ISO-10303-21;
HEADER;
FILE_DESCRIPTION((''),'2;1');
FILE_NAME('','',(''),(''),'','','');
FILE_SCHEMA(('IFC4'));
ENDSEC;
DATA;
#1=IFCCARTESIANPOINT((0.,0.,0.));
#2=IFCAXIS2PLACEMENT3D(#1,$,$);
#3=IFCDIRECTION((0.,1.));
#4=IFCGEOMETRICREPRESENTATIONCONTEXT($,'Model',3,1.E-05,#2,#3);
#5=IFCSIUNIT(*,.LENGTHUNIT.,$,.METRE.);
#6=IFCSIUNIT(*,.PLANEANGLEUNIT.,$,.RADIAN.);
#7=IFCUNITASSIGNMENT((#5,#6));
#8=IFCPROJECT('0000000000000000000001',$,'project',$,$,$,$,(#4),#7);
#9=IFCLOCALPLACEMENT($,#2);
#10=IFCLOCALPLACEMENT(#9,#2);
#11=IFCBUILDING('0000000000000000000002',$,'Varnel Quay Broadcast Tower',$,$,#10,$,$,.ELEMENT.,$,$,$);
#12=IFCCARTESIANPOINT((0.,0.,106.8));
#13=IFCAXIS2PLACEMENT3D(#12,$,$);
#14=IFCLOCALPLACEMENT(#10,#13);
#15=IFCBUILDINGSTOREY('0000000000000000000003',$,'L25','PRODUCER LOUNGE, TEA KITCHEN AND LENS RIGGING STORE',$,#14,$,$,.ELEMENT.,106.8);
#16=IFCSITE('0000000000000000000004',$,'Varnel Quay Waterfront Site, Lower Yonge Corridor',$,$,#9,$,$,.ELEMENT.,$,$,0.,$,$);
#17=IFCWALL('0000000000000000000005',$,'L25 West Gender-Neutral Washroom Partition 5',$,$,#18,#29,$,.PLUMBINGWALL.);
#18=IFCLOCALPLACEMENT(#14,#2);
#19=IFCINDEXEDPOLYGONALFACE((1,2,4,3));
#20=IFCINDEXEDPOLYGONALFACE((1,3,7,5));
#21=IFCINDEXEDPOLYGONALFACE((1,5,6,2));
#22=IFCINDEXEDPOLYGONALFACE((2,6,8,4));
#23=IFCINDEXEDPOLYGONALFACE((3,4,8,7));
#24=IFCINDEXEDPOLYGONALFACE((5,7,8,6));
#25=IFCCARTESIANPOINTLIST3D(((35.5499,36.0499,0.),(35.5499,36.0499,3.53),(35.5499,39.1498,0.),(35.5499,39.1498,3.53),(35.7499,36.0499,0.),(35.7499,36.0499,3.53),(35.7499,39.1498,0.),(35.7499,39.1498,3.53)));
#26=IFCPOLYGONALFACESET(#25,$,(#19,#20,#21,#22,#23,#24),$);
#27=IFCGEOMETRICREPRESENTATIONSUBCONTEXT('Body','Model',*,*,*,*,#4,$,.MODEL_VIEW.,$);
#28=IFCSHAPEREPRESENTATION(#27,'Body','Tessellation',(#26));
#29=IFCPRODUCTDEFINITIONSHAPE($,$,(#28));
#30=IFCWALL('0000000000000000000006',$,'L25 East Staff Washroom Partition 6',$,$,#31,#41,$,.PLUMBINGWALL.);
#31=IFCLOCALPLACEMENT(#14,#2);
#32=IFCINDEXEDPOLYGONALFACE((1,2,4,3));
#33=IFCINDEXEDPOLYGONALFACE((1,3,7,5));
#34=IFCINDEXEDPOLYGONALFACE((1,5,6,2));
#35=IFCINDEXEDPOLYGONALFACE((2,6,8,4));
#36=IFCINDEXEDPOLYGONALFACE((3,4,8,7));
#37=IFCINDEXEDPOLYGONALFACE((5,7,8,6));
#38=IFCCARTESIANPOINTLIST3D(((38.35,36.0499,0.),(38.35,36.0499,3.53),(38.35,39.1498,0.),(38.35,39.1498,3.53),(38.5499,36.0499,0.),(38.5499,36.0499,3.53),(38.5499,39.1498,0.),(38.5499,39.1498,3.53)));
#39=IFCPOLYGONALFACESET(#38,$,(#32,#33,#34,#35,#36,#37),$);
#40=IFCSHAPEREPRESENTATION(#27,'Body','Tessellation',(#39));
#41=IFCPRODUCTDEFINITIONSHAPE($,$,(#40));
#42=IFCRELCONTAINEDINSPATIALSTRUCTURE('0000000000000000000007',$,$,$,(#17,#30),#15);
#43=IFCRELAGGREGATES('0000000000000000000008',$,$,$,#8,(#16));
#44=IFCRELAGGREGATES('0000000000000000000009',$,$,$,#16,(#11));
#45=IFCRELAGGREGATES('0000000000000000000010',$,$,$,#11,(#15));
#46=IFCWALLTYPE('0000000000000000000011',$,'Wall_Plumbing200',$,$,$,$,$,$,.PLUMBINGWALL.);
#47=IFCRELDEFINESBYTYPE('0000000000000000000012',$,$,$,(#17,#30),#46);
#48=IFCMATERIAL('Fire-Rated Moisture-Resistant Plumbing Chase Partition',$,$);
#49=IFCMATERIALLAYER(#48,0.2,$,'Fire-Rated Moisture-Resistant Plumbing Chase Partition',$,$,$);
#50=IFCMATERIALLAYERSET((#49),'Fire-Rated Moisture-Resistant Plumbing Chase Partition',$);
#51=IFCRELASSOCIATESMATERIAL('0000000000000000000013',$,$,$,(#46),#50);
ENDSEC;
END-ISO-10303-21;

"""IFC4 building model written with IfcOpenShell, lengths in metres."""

from ifc_helpers import new_model, si_unit, direction, frame, frame_2d, origin, place, context, subcontext, project, spatial, rectangle, extrude, material, layer, layer_set, type_object, element, save


model = new_model("IFC4")

# Units and contexts
model_context = context("Model", 3, precision=1e-05, world=origin(), true_north=direction((0.0, 1.0)))
body_context = subcontext(model_context, "Body", "Model", "MODEL_VIEW")
ifc_project = project(units=[si_unit("LENGTHUNIT", "METRE"), si_unit("PLANEANGLEUNIT", "RADIAN")], contexts=[model_context])

# Site, building, storey
site_placement = place(None, origin())
site = spatial("IfcSite", under=ifc_project, at=site_placement, Name="Varnel Quay Waterfront Site, Lower Yonge Corridor", CompositionType="ELEMENT", RefElevation=0.0)
building_placement = place(site_placement, origin())
building = spatial("IfcBuilding", under=site, at=building_placement, Name="Varnel Quay Broadcast Tower", CompositionType="ELEMENT")
storey_placement = place(building_placement, frame((0.0, 0.0, 106.8)))
storey = spatial("IfcBuildingStorey", under=building, at=storey_placement, Name="L25", Description="PRODUCER LOUNGE, TEA KITCHEN AND LENS RIGGING STORE", CompositionType="ELEMENT", Elevation=106.8)

# Walls
ifc_material_1 = material(Name="Fire-Rated Moisture-Resistant Plumbing Chase Partition")
ifc_layer_1 = layer(ifc_material_1, 0.2, Name="Fire-Rated Moisture-Resistant Plumbing Chase Partition")
ifc_layer_set_1 = layer_set([ifc_layer_1], Name="Fire-Rated Moisture-Resistant Plumbing Chase Partition")
wall_type_1 = type_object("IfcWallType", Name="Wall_Plumbing200", PredefinedType="PLUMBINGWALL", material=ifc_layer_set_1)
for number, where, z_axis, x_axis, name in (
    (1, (35.6499, 36.05, 0.0), (0.0, 0.0, 1.0), (0.0, 1.0, 0.0), "L25 West Gender-Neutral Washroom Partition 5"),
    (2, (38.45, 36.05, 0.0), (0.0, 0.0, 1.0), (0.0, 1.0, 0.0), "L25 East Staff Washroom Partition 6"),
):
    element("IfcWall", number, at=place(storey_placement, frame(where, z_axis=z_axis, x_axis=x_axis)), inside=storey, type_object=wall_type_1, Name=name, PredefinedType="PLUMBINGWALL", context=body_context, shape_type="SweptSolid", body=[
        extrude(rectangle(XDim=3.0999, YDim=0.2, at=frame_2d((1.5498, 0.0))), origin(), (0.0, 0.0, 1.0), 3.53),
    ])

save(model, "model.ifc")
